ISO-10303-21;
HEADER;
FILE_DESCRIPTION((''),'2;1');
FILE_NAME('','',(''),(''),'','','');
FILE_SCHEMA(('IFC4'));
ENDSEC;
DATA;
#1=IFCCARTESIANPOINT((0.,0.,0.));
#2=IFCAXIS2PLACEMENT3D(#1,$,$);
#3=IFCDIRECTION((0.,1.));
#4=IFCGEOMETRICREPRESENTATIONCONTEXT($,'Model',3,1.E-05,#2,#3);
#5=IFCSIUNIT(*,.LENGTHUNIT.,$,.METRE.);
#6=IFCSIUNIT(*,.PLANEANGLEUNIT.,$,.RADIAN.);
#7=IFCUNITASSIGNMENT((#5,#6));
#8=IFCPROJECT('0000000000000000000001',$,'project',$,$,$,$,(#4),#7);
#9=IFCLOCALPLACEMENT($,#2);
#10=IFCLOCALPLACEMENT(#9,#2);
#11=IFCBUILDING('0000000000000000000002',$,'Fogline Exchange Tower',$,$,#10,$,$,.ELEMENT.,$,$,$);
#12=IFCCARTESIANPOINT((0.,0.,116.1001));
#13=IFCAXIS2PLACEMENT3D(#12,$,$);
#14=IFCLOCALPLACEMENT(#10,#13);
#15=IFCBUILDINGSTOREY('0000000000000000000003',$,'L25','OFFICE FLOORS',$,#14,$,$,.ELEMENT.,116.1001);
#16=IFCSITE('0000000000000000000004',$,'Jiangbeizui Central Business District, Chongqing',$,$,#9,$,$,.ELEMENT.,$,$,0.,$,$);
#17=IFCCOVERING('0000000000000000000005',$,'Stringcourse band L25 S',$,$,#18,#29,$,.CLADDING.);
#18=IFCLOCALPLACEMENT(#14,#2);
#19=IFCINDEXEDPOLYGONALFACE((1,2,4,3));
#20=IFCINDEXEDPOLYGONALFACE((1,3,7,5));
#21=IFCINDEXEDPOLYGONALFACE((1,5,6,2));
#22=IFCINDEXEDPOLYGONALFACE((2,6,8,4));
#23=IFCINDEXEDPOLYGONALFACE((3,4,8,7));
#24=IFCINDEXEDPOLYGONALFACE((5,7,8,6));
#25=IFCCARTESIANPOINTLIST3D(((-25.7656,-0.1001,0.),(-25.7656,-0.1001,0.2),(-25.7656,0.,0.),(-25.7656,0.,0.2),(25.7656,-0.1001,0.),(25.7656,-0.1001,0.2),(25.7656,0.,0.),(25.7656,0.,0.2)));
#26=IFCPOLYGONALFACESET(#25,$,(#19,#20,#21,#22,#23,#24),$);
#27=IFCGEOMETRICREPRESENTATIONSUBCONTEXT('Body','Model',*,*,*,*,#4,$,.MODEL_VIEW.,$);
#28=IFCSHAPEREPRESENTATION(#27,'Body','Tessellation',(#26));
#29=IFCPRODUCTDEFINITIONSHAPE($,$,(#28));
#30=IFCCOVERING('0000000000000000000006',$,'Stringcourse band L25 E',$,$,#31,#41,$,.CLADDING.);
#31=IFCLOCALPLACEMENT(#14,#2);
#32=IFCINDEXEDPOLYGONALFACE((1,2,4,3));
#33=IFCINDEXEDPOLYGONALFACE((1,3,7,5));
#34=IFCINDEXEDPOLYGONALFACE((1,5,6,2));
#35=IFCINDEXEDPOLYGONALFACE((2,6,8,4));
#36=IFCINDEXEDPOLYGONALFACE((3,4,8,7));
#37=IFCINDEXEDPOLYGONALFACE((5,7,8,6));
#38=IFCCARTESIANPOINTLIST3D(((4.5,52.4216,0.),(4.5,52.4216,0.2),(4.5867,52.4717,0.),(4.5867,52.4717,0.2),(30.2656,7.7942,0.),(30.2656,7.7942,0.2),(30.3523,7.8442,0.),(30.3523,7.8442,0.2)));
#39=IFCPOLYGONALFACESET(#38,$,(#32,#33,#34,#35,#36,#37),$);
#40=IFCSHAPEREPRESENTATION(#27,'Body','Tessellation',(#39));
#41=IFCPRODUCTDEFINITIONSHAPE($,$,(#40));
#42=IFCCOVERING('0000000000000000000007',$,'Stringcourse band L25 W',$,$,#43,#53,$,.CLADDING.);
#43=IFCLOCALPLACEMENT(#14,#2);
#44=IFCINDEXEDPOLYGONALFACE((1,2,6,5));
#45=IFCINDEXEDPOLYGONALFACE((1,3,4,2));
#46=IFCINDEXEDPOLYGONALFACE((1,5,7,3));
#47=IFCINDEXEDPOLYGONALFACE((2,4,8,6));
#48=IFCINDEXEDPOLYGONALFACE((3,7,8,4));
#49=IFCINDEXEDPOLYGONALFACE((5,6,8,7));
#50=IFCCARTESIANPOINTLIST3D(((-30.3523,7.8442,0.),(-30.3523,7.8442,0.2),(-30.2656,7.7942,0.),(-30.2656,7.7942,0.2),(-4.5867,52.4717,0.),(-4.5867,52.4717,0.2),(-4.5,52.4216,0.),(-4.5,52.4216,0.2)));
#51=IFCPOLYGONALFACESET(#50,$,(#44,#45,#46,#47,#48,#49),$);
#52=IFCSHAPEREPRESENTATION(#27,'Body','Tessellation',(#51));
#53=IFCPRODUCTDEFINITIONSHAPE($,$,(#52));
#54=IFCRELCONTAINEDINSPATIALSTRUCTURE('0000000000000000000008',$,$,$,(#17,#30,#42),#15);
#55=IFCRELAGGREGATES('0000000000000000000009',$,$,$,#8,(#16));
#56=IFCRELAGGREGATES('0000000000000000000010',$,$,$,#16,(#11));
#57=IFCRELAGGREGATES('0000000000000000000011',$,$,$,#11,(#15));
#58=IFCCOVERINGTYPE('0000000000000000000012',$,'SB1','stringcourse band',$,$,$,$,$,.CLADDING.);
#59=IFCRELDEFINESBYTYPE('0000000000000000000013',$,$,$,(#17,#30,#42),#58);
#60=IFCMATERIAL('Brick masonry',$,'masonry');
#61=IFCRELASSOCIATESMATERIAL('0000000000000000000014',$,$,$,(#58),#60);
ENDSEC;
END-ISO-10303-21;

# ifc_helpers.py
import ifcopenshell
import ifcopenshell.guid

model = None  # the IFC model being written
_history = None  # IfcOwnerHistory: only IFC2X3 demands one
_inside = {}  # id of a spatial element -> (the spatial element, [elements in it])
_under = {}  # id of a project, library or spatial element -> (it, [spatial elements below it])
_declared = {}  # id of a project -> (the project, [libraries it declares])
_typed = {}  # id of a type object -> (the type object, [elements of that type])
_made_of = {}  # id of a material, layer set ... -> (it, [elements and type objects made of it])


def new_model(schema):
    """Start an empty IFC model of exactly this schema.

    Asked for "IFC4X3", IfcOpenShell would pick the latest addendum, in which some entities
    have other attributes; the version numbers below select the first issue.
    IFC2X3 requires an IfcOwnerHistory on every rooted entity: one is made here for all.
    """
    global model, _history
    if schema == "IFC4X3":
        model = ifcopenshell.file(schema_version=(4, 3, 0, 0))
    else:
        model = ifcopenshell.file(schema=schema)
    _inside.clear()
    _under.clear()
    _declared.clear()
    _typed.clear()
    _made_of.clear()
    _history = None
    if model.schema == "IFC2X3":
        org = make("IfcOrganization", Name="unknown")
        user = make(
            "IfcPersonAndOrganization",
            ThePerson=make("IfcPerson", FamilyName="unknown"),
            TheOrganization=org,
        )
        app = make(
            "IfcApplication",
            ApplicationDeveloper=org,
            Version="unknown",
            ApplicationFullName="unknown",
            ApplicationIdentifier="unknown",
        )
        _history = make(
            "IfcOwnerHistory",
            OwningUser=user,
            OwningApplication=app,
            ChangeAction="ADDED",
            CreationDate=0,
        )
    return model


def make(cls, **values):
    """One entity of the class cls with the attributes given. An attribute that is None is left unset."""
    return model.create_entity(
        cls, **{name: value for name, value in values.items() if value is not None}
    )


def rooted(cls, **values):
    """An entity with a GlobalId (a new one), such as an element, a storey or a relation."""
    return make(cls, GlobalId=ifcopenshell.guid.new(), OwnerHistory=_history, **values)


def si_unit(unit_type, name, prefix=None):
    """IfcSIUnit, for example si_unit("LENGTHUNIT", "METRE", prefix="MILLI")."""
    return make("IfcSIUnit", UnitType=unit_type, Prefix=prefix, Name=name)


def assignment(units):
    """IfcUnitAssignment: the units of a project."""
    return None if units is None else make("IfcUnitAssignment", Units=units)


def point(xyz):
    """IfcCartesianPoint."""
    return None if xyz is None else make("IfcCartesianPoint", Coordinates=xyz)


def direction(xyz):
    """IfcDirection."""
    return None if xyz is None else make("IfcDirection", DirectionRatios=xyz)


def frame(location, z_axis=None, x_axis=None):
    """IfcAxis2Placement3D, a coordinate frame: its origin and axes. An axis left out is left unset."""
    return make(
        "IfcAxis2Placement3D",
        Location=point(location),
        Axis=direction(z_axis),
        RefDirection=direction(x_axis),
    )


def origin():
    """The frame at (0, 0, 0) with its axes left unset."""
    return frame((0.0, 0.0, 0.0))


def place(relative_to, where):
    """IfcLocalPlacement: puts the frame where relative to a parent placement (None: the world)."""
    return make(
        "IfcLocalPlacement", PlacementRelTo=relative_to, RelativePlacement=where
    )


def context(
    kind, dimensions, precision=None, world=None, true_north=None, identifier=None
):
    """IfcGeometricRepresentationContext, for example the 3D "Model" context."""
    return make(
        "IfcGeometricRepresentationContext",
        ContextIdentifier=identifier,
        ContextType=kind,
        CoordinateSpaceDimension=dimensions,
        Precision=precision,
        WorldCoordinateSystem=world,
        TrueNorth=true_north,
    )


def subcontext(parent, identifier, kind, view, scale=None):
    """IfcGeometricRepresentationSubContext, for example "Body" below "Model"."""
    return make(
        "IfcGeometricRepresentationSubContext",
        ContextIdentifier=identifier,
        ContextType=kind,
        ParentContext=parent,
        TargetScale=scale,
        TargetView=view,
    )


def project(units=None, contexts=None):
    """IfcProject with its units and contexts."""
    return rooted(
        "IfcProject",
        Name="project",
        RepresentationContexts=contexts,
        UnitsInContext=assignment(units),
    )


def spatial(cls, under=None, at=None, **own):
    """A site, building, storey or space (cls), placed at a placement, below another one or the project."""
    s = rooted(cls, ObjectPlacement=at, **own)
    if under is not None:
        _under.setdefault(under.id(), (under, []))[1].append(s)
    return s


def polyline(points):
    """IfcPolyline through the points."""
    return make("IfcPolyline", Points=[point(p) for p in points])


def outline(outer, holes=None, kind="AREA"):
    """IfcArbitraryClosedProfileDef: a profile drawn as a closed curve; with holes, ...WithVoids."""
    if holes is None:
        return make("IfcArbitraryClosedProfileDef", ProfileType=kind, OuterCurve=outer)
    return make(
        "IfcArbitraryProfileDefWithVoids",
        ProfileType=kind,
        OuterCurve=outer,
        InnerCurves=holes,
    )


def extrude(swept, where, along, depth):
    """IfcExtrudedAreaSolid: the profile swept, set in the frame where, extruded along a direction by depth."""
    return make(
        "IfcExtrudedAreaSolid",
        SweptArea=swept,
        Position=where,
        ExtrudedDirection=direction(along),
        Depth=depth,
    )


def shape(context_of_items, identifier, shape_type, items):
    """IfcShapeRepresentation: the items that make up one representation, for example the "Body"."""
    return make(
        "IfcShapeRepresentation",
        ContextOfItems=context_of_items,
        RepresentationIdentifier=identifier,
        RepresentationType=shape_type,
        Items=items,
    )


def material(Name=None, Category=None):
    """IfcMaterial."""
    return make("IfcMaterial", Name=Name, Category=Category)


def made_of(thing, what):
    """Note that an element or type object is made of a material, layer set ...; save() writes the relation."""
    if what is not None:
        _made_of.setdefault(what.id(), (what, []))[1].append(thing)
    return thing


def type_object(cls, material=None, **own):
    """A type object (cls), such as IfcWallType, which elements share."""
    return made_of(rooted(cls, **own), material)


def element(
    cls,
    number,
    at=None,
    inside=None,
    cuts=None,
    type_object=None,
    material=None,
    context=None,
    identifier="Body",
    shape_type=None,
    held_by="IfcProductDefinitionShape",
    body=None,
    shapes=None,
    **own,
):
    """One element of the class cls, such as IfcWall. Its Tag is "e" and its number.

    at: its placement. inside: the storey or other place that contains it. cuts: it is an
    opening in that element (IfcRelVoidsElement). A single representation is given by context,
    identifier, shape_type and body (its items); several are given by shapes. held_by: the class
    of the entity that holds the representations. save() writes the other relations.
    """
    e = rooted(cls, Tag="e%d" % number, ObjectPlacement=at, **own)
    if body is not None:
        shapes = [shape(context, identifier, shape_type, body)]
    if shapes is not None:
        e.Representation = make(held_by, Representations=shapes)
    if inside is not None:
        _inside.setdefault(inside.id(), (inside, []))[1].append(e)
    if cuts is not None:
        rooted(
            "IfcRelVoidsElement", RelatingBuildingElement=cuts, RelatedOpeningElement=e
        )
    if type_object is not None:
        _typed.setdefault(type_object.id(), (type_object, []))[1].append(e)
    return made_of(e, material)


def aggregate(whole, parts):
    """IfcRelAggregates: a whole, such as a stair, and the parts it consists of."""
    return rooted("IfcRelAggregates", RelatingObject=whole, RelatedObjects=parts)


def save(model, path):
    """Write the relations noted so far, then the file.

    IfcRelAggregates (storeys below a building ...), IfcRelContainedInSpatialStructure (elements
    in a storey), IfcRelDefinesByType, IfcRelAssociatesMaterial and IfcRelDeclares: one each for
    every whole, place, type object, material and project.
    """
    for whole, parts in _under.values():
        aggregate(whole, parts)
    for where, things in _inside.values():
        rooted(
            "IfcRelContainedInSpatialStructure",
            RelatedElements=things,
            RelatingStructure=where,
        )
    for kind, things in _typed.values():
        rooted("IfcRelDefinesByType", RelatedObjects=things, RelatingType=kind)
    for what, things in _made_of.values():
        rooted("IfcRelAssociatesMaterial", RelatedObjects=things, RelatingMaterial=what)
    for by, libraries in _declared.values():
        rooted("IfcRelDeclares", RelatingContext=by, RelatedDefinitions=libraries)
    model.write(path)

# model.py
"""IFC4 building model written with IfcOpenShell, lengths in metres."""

from ifc_helpers import new_model, si_unit, direction, frame, origin, place, context, subcontext, project, spatial, polyline, outline, extrude, material, type_object, element, save


model = new_model("IFC4")

# Units and contexts
model_context = context("Model", 3, precision=1e-05, world=origin(), true_north=direction((0.0, 1.0)))
body_context = subcontext(model_context, "Body", "Model", "MODEL_VIEW")
ifc_project = project(units=[si_unit("LENGTHUNIT", "METRE"), si_unit("PLANEANGLEUNIT", "RADIAN")], contexts=[model_context])

# Site, building, storey
site_placement = place(None, origin())
site = spatial("IfcSite", under=ifc_project, at=site_placement, Name="Jiangbeizui Central Business District, Chongqing", CompositionType="ELEMENT", RefElevation=0.0)
building_placement = place(site_placement, origin())
building = spatial("IfcBuilding", under=site, at=building_placement, Name="Fogline Exchange Tower", CompositionType="ELEMENT")
storey_placement = place(building_placement, frame((0.0, 0.0, 116.1001)))
storey = spatial("IfcBuildingStorey", under=building, at=storey_placement, Name="L25", Description="OFFICE FLOORS", CompositionType="ELEMENT", Elevation=116.1001)

# Shared definitions
ifc_material_1 = material(Name="Brick masonry", Category="masonry")

# Coverings
covering_type_1 = type_object("IfcCoveringType", Name="SB1", Description="stringcourse band", PredefinedType="CLADDING", material=ifc_material_1)
covering_1_placement = place(storey_placement, origin())
element("IfcCovering", 1, at=covering_1_placement, inside=storey, type_object=covering_type_1, Name="Stringcourse band L25 S", PredefinedType="CLADDING", context=body_context, shape_type="SweptSolid", body=[
    extrude(outline(polyline([(-25.7656, 0.0), (-25.7656, -0.1001), (25.7656, -0.1001), (25.7656, 0.0), (-25.7656, 0.0)])), origin(), (0.0, 0.0, 1.0), 0.2),
])
covering_2_placement = place(storey_placement, origin())
element("IfcCovering", 2, at=covering_2_placement, inside=storey, type_object=covering_type_1, Name="Stringcourse band L25 E", PredefinedType="CLADDING", context=body_context, shape_type="SweptSolid", body=[
    extrude(outline(polyline([(30.2656, 7.7942), (30.3523, 7.8442), (4.5867, 52.4717), (4.5, 52.4216), (30.2656, 7.7942)])), origin(), (0.0, 0.0, 1.0), 0.2),
])
covering_3_placement = place(storey_placement, origin())
element("IfcCovering", 3, at=covering_3_placement, inside=storey, type_object=covering_type_1, Name="Stringcourse band L25 W", PredefinedType="CLADDING", context=body_context, shape_type="SweptSolid", body=[
    extrude(outline(polyline([(-4.5, 52.4216), (-4.5867, 52.4717), (-30.3523, 7.8442), (-30.2656, 7.7942), (-4.5, 52.4216)])), origin(), (0.0, 0.0, 1.0), 0.2),
])

save(model, "model.ifc")
